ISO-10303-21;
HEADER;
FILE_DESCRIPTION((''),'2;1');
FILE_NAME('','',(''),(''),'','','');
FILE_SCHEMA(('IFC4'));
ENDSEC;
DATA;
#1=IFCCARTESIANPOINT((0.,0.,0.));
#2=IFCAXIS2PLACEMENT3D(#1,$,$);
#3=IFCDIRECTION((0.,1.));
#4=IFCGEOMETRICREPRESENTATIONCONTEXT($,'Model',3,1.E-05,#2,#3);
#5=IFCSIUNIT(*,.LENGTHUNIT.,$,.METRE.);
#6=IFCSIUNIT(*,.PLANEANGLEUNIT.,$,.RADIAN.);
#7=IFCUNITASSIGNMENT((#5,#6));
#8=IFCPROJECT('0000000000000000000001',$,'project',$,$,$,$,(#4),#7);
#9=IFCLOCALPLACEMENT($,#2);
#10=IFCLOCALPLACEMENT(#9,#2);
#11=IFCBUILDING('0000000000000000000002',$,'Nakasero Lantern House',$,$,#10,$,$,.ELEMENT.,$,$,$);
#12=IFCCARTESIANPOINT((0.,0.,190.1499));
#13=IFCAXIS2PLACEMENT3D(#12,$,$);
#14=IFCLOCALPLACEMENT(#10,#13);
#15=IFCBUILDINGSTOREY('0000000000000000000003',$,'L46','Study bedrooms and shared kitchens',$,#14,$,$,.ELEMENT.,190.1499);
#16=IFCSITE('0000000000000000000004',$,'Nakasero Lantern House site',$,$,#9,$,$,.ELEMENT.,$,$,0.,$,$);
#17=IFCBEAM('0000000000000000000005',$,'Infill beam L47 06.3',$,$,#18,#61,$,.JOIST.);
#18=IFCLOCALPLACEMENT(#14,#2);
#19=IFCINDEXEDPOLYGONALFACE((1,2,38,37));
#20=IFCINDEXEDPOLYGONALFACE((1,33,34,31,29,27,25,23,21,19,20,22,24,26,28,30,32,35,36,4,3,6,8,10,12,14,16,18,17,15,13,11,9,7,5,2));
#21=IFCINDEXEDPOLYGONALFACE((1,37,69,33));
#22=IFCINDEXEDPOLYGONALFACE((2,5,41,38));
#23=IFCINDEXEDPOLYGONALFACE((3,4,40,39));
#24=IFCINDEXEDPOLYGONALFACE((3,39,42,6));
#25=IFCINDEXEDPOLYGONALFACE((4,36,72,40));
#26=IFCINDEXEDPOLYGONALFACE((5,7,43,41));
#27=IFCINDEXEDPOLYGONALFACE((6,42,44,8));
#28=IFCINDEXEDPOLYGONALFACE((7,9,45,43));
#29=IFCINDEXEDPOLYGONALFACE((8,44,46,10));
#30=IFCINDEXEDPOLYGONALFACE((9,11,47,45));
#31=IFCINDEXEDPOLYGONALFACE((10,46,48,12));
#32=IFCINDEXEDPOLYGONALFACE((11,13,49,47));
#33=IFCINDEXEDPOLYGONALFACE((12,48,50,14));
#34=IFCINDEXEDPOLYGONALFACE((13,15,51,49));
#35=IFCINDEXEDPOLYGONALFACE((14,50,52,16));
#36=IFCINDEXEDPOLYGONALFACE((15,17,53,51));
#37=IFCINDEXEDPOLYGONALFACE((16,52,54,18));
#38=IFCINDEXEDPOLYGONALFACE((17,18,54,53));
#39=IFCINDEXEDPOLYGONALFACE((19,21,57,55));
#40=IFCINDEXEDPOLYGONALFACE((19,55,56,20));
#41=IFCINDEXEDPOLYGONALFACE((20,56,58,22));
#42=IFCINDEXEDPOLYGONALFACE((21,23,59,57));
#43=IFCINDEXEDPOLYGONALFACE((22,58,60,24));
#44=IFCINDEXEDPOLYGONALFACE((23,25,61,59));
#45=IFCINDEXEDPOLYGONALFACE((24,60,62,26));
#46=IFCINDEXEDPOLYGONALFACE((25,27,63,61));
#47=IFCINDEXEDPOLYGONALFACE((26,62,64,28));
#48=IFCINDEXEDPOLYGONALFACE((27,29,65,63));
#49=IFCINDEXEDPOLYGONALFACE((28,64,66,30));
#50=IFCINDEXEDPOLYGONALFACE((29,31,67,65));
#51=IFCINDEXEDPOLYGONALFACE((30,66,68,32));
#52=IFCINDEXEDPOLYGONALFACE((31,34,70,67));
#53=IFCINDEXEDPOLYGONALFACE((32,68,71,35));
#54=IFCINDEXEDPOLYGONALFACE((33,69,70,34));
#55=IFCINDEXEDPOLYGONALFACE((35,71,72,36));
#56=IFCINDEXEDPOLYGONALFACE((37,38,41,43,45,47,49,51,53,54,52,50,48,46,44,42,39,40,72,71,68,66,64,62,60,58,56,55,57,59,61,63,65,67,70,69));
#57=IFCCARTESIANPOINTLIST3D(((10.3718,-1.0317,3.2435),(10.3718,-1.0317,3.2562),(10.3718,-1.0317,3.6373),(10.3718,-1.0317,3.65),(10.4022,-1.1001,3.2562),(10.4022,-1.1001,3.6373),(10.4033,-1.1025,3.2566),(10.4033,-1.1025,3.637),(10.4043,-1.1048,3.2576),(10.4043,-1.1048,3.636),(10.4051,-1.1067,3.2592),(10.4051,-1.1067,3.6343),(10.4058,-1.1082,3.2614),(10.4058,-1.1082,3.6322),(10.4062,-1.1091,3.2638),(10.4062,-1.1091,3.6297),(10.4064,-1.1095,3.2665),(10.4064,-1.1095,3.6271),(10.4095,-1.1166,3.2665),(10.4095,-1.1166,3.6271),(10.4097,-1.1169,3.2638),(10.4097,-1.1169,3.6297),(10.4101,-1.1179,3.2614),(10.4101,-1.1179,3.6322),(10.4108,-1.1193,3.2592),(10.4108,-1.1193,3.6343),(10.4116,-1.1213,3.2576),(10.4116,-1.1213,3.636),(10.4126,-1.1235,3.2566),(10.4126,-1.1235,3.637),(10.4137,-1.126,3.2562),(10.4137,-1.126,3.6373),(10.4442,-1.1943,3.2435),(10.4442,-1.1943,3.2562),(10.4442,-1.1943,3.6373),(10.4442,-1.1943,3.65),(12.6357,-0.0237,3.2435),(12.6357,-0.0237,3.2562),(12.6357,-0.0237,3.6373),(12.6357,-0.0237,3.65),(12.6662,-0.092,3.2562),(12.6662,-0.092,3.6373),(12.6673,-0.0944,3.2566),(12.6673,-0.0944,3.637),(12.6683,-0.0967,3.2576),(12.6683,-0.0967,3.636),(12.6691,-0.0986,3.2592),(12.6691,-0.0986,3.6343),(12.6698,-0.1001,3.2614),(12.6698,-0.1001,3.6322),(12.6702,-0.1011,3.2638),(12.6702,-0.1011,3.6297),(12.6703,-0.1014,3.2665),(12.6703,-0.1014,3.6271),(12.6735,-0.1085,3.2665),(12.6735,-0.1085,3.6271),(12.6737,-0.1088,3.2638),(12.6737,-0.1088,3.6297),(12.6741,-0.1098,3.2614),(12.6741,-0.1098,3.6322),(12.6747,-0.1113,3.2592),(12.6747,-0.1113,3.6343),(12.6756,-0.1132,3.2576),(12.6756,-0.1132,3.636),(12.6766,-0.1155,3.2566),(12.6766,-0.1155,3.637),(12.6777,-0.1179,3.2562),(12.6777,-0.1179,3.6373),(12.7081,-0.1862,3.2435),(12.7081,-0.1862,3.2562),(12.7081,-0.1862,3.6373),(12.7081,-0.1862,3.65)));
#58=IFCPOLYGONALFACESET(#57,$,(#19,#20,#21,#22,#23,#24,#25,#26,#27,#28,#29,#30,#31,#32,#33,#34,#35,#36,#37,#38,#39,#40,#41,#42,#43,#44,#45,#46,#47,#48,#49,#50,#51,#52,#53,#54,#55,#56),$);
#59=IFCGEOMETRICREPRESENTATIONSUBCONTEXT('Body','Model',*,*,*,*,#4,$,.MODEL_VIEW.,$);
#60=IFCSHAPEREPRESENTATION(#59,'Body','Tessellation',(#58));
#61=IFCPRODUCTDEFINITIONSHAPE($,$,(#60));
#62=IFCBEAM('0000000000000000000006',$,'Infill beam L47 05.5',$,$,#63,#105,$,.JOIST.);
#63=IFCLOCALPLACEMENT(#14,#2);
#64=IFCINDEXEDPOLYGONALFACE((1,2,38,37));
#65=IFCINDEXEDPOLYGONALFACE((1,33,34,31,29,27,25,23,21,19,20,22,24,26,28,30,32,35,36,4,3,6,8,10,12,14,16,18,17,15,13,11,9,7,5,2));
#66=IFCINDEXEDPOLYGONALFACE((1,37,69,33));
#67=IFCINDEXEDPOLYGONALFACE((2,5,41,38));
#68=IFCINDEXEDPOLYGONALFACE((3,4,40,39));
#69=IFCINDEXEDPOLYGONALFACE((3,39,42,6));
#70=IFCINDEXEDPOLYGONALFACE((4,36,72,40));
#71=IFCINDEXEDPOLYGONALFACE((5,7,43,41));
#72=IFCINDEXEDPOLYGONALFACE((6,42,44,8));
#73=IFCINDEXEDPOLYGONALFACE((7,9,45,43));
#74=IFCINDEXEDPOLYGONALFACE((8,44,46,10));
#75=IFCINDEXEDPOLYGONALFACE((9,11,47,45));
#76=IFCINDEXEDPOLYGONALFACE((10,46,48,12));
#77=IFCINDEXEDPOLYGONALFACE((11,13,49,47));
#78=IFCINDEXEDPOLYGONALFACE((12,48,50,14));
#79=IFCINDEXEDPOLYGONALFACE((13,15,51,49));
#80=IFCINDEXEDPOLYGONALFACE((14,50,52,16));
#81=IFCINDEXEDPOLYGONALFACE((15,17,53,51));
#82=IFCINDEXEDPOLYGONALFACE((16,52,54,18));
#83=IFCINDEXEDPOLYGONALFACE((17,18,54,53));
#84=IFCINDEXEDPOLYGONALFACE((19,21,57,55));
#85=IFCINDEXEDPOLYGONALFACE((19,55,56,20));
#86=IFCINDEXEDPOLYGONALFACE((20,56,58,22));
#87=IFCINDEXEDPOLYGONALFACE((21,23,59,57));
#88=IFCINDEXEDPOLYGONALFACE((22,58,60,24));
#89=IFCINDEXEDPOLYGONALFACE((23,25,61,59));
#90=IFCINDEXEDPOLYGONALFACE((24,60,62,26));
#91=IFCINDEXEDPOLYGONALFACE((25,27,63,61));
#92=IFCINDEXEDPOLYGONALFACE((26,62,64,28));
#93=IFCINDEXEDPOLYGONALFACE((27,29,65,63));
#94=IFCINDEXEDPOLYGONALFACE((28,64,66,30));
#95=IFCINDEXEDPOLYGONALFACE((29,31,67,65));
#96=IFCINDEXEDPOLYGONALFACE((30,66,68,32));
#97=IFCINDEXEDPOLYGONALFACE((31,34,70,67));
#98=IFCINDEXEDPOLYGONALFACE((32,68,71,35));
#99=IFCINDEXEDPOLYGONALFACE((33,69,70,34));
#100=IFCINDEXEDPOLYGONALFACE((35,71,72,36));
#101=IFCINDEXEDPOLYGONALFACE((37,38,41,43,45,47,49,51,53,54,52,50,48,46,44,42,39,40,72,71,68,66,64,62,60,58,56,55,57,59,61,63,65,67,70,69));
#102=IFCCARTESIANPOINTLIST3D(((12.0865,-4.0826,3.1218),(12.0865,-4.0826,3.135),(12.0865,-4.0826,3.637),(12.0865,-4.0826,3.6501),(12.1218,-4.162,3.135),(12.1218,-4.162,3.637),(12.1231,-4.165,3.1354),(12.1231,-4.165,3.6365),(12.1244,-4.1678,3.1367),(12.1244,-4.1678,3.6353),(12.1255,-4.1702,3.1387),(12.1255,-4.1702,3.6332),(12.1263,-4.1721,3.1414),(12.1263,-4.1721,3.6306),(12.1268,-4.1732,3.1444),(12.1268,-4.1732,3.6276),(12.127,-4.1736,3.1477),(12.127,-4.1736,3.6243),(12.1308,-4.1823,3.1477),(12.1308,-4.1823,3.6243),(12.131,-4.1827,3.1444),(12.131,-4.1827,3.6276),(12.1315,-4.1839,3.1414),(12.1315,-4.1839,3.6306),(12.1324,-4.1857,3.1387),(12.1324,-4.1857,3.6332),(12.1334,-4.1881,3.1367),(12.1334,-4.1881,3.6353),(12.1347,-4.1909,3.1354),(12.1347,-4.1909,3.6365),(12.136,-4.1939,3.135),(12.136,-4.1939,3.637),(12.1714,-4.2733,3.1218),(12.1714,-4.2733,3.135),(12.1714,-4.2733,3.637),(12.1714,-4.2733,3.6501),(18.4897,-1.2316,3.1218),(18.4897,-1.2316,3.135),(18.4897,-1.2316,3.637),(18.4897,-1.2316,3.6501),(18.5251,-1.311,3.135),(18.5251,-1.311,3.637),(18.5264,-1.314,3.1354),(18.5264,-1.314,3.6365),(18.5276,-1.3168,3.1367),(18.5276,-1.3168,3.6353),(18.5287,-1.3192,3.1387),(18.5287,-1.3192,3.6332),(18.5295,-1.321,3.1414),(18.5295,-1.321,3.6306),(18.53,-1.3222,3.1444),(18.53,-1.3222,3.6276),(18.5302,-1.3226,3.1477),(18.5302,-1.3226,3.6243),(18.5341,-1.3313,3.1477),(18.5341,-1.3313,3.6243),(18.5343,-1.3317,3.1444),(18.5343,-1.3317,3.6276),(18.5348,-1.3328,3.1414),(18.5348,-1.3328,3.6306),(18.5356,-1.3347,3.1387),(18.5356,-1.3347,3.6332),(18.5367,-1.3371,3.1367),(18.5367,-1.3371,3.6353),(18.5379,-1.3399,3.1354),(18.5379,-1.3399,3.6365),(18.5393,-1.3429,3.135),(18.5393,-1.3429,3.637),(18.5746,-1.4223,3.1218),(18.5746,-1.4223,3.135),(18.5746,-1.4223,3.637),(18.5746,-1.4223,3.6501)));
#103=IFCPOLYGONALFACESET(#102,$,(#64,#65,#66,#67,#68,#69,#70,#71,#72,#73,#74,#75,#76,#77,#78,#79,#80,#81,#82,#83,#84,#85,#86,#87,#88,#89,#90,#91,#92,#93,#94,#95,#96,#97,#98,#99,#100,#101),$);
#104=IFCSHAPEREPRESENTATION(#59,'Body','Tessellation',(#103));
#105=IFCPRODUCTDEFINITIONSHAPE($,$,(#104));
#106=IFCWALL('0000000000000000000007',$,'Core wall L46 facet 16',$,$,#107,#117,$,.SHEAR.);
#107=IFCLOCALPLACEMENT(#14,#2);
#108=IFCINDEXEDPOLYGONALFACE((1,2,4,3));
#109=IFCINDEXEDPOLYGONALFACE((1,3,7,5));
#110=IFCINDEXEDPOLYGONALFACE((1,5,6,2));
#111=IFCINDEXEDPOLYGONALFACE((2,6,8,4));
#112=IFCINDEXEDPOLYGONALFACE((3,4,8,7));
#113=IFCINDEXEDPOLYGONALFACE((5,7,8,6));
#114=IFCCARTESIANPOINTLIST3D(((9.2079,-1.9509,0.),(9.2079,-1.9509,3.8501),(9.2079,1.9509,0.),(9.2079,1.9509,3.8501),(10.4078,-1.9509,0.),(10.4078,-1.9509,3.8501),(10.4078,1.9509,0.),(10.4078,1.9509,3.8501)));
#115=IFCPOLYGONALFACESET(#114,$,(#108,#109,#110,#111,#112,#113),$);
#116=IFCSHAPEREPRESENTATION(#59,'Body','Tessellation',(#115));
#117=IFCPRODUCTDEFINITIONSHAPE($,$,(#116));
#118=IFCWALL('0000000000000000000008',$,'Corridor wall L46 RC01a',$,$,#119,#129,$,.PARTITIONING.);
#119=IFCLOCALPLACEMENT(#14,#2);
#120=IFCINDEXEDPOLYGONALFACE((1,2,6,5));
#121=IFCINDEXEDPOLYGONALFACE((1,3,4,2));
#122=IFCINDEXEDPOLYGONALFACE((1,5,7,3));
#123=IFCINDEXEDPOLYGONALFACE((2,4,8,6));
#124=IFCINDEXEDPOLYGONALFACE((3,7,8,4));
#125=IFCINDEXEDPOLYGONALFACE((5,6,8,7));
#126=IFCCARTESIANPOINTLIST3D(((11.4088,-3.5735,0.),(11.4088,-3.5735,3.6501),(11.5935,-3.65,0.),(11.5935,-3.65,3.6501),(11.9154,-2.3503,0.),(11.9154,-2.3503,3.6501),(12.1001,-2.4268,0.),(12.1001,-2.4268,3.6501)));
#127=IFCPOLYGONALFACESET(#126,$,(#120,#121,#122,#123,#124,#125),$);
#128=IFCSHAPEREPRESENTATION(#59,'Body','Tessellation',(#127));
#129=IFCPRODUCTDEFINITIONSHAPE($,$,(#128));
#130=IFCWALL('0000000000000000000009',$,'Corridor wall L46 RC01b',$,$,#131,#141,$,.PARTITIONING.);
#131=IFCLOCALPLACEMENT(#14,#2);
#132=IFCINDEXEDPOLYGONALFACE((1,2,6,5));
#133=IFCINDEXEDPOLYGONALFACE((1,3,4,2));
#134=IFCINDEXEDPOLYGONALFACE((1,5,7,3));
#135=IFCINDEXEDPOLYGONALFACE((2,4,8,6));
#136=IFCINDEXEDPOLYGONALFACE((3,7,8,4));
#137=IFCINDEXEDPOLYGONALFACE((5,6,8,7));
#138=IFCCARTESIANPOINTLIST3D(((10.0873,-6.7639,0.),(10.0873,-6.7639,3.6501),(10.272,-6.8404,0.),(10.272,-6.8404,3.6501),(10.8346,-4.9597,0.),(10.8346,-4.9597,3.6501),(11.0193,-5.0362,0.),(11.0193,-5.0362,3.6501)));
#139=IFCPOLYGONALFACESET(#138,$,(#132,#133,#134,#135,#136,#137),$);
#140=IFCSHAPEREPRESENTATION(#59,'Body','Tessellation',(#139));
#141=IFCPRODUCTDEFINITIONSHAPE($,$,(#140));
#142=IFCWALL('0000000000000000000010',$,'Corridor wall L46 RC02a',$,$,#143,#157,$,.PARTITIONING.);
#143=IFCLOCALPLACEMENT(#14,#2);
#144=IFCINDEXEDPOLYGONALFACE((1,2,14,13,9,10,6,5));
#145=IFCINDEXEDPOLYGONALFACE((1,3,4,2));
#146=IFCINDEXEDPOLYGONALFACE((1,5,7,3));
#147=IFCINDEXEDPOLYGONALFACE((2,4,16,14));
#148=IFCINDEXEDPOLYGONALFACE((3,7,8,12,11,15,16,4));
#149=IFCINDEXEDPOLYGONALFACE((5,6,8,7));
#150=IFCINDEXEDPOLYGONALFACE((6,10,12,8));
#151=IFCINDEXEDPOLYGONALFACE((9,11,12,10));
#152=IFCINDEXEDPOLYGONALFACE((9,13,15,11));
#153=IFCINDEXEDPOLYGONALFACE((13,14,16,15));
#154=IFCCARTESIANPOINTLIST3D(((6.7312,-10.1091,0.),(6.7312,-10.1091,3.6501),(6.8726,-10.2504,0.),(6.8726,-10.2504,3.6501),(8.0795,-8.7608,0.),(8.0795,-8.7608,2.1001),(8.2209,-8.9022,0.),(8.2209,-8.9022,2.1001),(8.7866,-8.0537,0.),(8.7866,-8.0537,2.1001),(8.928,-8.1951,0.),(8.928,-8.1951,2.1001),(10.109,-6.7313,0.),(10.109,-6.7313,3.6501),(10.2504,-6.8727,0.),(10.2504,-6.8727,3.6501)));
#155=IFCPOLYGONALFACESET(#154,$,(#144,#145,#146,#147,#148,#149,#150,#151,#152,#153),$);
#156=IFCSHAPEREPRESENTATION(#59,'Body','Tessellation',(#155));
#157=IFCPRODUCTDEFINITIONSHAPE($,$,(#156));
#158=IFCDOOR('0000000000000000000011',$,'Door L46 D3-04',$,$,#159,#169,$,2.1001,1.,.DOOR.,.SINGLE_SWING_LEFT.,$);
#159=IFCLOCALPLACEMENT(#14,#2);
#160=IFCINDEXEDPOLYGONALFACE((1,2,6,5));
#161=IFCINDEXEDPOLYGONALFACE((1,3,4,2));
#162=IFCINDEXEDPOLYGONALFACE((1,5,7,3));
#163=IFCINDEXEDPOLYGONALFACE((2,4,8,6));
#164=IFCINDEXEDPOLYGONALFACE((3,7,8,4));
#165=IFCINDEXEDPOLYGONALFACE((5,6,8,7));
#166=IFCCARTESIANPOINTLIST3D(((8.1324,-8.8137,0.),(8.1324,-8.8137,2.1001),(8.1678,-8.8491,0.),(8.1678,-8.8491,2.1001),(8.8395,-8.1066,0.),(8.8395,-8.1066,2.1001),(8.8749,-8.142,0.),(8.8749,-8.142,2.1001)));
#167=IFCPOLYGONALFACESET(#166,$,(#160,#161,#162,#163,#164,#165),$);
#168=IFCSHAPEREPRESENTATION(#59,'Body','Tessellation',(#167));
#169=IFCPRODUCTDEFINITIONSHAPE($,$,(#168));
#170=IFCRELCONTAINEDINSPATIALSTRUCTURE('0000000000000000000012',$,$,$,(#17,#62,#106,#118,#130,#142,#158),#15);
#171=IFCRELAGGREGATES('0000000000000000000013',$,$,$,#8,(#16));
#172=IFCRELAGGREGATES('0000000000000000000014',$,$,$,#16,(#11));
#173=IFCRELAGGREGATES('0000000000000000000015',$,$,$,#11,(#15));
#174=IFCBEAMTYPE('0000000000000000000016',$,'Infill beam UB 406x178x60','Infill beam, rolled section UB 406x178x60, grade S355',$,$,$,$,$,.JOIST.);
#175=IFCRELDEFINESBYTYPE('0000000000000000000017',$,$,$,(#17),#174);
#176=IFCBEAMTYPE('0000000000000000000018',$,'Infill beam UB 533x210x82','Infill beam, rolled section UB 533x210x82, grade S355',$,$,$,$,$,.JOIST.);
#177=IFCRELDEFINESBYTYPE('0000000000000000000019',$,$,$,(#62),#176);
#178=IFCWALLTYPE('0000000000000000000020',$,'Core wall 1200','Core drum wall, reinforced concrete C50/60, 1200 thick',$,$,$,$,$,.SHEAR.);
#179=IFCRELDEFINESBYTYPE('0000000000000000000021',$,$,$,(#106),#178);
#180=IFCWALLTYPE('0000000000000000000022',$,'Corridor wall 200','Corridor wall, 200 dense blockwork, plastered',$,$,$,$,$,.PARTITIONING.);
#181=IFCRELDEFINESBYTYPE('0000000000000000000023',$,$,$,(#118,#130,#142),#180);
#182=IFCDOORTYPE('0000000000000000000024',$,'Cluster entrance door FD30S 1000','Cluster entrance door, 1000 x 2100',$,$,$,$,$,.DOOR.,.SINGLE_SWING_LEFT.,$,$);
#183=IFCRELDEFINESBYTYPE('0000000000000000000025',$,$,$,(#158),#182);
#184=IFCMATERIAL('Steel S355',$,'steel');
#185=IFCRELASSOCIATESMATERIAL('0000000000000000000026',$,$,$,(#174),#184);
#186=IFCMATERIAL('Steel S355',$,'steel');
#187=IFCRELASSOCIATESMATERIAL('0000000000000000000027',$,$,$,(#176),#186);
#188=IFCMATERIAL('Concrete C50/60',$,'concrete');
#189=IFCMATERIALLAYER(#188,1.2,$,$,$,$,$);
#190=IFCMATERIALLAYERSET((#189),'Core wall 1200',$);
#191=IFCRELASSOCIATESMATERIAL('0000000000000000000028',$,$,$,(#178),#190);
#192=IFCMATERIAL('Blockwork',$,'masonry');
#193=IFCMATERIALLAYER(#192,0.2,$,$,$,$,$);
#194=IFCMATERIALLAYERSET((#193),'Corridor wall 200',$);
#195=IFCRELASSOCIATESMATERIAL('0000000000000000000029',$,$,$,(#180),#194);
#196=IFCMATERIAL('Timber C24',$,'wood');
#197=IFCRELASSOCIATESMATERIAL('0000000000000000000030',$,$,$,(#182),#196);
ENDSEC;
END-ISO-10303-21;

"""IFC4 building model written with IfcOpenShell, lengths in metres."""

from ifc_helpers import new_model, si_unit, direction, frame, frame_2d, origin, origin_2d, place, context, subcontext, project, spatial, rectangle, i_section, extrude, material, layer, layer_set, material_profile, profile_set, type_object, element, fill, save


model = new_model("IFC4")

# Units and contexts
model_context = context("Model", 3, precision=1e-05, world=origin(), true_north=direction((0.0, 1.0)))
body_context = subcontext(model_context, "Body", "Model", "MODEL_VIEW")
ifc_project = project(units=[si_unit("LENGTHUNIT", "METRE"), si_unit("PLANEANGLEUNIT", "RADIAN")], contexts=[model_context])

# Site, building, storey
site_placement = place(None, origin())
site = spatial("IfcSite", under=ifc_project, at=site_placement, Name="Nakasero Lantern House site", CompositionType="ELEMENT", RefElevation=0.0)
building_placement = place(site_placement, origin())
building = spatial("IfcBuilding", under=site, at=building_placement, Name="Nakasero Lantern House", CompositionType="ELEMENT")
storey_placement = place(building_placement, frame((0.0, 0.0, 190.1499)))
storey = spatial("IfcBuildingStorey", under=building, at=storey_placement, Name="L46", Description="Study bedrooms and shared kitchens", CompositionType="ELEMENT", Elevation=190.1499)

# Beams
ifc_material_1 = material(Name="Steel S355", Category="steel")
ifc_material_profile_1 = material_profile(ifc_material_1, i_section(OverallWidth=0.178, OverallDepth=0.4065, WebThickness=0.0078, FlangeThickness=0.0127, FilletRadius=0.0103, at=origin_2d()), Name="UB 406x178x60")
ifc_profile_set_1 = profile_set([ifc_material_profile_1], Name="Steel S355")
beam_type_1 = type_object("IfcBeamType", Name="Infill beam UB 406x178x60", Description="Infill beam, rolled section UB 406x178x60, grade S355", PredefinedType="JOIST", material=ifc_profile_set_1)
beam_1_placement = place(storey_placement, frame((10.408, -1.113, 3.4468), z_axis=(0.913531, 0.406769, 0.0), x_axis=(-0.406769, 0.913531, 0.0)))
element("IfcBeam", 1, at=beam_1_placement, inside=storey, type_object=beam_type_1, Name="Infill beam L47 06.3", PredefinedType="JOIST", context=body_context, shape_type="SweptSolid", body=[
    extrude(i_section(OverallWidth=0.178, OverallDepth=0.4065, WebThickness=0.0078, FlangeThickness=0.0127, FilletRadius=0.0103, at=origin_2d()), origin(), (0.0, 0.0, 1.0), 2.4783),
])
ifc_material_2 = material(Name="Steel S355", Category="steel")
ifc_material_profile_2 = material_profile(ifc_material_2, i_section(OverallWidth=0.2087, OverallDepth=0.5283, WebThickness=0.0095, FlangeThickness=0.0132, FilletRadius=0.0127, at=origin_2d()), Name="UB 533x210x82")
ifc_profile_set_2 = profile_set([ifc_material_profile_2], Name="Steel S355")
beam_type_2 = type_object("IfcBeamType", Name="Infill beam UB 533x210x82", Description="Infill beam, rolled section UB 533x210x82, grade S355", PredefinedType="JOIST", material=ifc_profile_set_2)
beam_2_placement = place(storey_placement, frame((12.1289, -4.178, 3.386), z_axis=(0.913538, 0.406752, 0.0), x_axis=(-0.406752, 0.913538, 0.0)))
element("IfcBeam", 2, at=beam_2_placement, inside=storey, type_object=beam_type_2, Name="Infill beam L47 05.5", PredefinedType="JOIST", context=body_context, shape_type="SweptSolid", body=[
    extrude(i_section(OverallWidth=0.2087, OverallDepth=0.5283, WebThickness=0.0095, FlangeThickness=0.0132, FilletRadius=0.0127, at=origin_2d()), origin(), (0.0, 0.0, 1.0), 7.0093),
])

# Walls
ifc_material_3 = material(Name="Concrete C50/60", Category="concrete")
ifc_layer_1 = layer(ifc_material_3, 1.2)
ifc_layer_set_1 = layer_set([ifc_layer_1], Name="Core wall 1200")
wall_type_1 = type_object("IfcWallType", Name="Core wall 1200", Description="Core drum wall, reinforced concrete C50/60, 1200 thick", PredefinedType="SHEAR", material=ifc_layer_set_1)
wall_1_placement = place(storey_placement, frame((9.8079, -1.9509, 0.0), z_axis=(0.0, 0.0, 1.0), x_axis=(0.0, 1.0, 0.0)))
element("IfcWall", 3, at=wall_1_placement, inside=storey, type_object=wall_type_1, Name="Core wall L46 facet 16", PredefinedType="SHEAR", context=body_context, shape_type="SweptSolid", body=[
    extrude(rectangle(XDim=3.9019, YDim=1.2, at=frame_2d((1.9509, 0.0))), origin(), (0.0, 0.0, 1.0), 3.8501),
])
ifc_material_4 = material(Name="Blockwork", Category="masonry")
ifc_layer_2 = layer(ifc_material_4, 0.2)
ifc_layer_set_2 = layer_set([ifc_layer_2], Name="Corridor wall 200")
wall_type_2 = type_object("IfcWallType", Name="Corridor wall 200", Description="Corridor wall, 200 dense blockwork, plastered", PredefinedType="PARTITIONING", material=ifc_layer_set_2)
wall_2_placement = place(storey_placement, frame((12.0078, -2.3884, 0.0), z_axis=(0.0, 0.0, 1.0), x_axis=(-0.38265, -0.923893, 0.0)))
element("IfcWall", 4, at=wall_2_placement, inside=storey, type_object=wall_type_2, Name="Corridor wall L46 RC01a", PredefinedType="PARTITIONING", context=body_context, shape_type="SweptSolid", body=[
    extrude(rectangle(XDim=1.324, YDim=0.2, at=frame_2d((0.6621, 0.0))), origin(), (0.0, 0.0, 1.0), 3.6501),
])
wall_3_placement = place(storey_placement, frame((10.927, -4.9978, 0.0), z_axis=(0.0, 0.0, 1.0), x_axis=(-0.382679, -0.923881, 0.0)))
element("IfcWall", 5, at=wall_3_placement, inside=storey, type_object=wall_type_2, Name="Corridor wall L46 RC01b", PredefinedType="PARTITIONING", context=body_context, shape_type="SweptSolid", body=[
    extrude(rectangle(XDim=1.9529, YDim=0.2, at=frame_2d((0.9766, 0.0))), origin(), (0.0, 0.0, 1.0), 3.6501),
])

# Wall, opening, door
wall_4_placement = place(storey_placement, frame((10.1797, -6.802, 0.0), z_axis=(0.0, 0.0, 1.0), x_axis=(-0.707107, -0.707107, 0.0)))
wall_4 = element("IfcWall", 6, at=wall_4_placement, inside=storey, type_object=wall_type_2, Name="Corridor wall L46 RC02a", PredefinedType="PARTITIONING", context=body_context, shape_type="SweptSolid", body=[
    extrude(rectangle(XDim=4.7769, YDim=0.2, at=frame_2d((2.3884, 0.0))), origin(), (0.0, 0.0, 1.0), 3.6501),
])
opening_1_placement = place(wall_4_placement, frame((1.8701, 0.0, 0.0)))
opening_1 = element("IfcOpeningElement", 7, at=opening_1_placement, cuts=wall_4, PredefinedType="OPENING", context=body_context, shape_type="SweptSolid", body=[
    extrude(rectangle(XDim=1.0, YDim=2.1001, at=frame_2d((0.5, 1.05))), frame((0.0, 0.1199, 0.0), z_axis=(0.0, -1.0, 0.0), x_axis=(1.0, 0.0, 0.0)), (0.0, 0.0, 1.0), 0.24),
])
ifc_material_5 = material(Name="Timber C24", Category="wood")
door_type_1 = type_object("IfcDoorType", Name="Cluster entrance door FD30S 1000", Description="Cluster entrance door, 1000 x 2100", OperationType="SINGLE_SWING_LEFT", PredefinedType="DOOR", material=ifc_material_5)
door_1_placement = place(opening_1_placement, origin())
door_1 = element("IfcDoor", 8, at=door_1_placement, inside=storey, type_object=door_type_1, Name="Door L46 D3-04", OperationType="SINGLE_SWING_LEFT", OverallHeight=2.1001, OverallWidth=1.0, PredefinedType="DOOR", context=body_context, shape_type="SweptSolid", body=[
    extrude(rectangle(XDim=1.0, YDim=2.1001, at=frame_2d((0.5, 1.05))), frame((0.0, 0.0249, 0.0), z_axis=(0.0, -1.0, 0.0), x_axis=(1.0, 0.0, 0.0)), (0.0, 0.0, 1.0), 0.05),
])
fill(opening_1, door_1)

save(model, "model.ifc")
